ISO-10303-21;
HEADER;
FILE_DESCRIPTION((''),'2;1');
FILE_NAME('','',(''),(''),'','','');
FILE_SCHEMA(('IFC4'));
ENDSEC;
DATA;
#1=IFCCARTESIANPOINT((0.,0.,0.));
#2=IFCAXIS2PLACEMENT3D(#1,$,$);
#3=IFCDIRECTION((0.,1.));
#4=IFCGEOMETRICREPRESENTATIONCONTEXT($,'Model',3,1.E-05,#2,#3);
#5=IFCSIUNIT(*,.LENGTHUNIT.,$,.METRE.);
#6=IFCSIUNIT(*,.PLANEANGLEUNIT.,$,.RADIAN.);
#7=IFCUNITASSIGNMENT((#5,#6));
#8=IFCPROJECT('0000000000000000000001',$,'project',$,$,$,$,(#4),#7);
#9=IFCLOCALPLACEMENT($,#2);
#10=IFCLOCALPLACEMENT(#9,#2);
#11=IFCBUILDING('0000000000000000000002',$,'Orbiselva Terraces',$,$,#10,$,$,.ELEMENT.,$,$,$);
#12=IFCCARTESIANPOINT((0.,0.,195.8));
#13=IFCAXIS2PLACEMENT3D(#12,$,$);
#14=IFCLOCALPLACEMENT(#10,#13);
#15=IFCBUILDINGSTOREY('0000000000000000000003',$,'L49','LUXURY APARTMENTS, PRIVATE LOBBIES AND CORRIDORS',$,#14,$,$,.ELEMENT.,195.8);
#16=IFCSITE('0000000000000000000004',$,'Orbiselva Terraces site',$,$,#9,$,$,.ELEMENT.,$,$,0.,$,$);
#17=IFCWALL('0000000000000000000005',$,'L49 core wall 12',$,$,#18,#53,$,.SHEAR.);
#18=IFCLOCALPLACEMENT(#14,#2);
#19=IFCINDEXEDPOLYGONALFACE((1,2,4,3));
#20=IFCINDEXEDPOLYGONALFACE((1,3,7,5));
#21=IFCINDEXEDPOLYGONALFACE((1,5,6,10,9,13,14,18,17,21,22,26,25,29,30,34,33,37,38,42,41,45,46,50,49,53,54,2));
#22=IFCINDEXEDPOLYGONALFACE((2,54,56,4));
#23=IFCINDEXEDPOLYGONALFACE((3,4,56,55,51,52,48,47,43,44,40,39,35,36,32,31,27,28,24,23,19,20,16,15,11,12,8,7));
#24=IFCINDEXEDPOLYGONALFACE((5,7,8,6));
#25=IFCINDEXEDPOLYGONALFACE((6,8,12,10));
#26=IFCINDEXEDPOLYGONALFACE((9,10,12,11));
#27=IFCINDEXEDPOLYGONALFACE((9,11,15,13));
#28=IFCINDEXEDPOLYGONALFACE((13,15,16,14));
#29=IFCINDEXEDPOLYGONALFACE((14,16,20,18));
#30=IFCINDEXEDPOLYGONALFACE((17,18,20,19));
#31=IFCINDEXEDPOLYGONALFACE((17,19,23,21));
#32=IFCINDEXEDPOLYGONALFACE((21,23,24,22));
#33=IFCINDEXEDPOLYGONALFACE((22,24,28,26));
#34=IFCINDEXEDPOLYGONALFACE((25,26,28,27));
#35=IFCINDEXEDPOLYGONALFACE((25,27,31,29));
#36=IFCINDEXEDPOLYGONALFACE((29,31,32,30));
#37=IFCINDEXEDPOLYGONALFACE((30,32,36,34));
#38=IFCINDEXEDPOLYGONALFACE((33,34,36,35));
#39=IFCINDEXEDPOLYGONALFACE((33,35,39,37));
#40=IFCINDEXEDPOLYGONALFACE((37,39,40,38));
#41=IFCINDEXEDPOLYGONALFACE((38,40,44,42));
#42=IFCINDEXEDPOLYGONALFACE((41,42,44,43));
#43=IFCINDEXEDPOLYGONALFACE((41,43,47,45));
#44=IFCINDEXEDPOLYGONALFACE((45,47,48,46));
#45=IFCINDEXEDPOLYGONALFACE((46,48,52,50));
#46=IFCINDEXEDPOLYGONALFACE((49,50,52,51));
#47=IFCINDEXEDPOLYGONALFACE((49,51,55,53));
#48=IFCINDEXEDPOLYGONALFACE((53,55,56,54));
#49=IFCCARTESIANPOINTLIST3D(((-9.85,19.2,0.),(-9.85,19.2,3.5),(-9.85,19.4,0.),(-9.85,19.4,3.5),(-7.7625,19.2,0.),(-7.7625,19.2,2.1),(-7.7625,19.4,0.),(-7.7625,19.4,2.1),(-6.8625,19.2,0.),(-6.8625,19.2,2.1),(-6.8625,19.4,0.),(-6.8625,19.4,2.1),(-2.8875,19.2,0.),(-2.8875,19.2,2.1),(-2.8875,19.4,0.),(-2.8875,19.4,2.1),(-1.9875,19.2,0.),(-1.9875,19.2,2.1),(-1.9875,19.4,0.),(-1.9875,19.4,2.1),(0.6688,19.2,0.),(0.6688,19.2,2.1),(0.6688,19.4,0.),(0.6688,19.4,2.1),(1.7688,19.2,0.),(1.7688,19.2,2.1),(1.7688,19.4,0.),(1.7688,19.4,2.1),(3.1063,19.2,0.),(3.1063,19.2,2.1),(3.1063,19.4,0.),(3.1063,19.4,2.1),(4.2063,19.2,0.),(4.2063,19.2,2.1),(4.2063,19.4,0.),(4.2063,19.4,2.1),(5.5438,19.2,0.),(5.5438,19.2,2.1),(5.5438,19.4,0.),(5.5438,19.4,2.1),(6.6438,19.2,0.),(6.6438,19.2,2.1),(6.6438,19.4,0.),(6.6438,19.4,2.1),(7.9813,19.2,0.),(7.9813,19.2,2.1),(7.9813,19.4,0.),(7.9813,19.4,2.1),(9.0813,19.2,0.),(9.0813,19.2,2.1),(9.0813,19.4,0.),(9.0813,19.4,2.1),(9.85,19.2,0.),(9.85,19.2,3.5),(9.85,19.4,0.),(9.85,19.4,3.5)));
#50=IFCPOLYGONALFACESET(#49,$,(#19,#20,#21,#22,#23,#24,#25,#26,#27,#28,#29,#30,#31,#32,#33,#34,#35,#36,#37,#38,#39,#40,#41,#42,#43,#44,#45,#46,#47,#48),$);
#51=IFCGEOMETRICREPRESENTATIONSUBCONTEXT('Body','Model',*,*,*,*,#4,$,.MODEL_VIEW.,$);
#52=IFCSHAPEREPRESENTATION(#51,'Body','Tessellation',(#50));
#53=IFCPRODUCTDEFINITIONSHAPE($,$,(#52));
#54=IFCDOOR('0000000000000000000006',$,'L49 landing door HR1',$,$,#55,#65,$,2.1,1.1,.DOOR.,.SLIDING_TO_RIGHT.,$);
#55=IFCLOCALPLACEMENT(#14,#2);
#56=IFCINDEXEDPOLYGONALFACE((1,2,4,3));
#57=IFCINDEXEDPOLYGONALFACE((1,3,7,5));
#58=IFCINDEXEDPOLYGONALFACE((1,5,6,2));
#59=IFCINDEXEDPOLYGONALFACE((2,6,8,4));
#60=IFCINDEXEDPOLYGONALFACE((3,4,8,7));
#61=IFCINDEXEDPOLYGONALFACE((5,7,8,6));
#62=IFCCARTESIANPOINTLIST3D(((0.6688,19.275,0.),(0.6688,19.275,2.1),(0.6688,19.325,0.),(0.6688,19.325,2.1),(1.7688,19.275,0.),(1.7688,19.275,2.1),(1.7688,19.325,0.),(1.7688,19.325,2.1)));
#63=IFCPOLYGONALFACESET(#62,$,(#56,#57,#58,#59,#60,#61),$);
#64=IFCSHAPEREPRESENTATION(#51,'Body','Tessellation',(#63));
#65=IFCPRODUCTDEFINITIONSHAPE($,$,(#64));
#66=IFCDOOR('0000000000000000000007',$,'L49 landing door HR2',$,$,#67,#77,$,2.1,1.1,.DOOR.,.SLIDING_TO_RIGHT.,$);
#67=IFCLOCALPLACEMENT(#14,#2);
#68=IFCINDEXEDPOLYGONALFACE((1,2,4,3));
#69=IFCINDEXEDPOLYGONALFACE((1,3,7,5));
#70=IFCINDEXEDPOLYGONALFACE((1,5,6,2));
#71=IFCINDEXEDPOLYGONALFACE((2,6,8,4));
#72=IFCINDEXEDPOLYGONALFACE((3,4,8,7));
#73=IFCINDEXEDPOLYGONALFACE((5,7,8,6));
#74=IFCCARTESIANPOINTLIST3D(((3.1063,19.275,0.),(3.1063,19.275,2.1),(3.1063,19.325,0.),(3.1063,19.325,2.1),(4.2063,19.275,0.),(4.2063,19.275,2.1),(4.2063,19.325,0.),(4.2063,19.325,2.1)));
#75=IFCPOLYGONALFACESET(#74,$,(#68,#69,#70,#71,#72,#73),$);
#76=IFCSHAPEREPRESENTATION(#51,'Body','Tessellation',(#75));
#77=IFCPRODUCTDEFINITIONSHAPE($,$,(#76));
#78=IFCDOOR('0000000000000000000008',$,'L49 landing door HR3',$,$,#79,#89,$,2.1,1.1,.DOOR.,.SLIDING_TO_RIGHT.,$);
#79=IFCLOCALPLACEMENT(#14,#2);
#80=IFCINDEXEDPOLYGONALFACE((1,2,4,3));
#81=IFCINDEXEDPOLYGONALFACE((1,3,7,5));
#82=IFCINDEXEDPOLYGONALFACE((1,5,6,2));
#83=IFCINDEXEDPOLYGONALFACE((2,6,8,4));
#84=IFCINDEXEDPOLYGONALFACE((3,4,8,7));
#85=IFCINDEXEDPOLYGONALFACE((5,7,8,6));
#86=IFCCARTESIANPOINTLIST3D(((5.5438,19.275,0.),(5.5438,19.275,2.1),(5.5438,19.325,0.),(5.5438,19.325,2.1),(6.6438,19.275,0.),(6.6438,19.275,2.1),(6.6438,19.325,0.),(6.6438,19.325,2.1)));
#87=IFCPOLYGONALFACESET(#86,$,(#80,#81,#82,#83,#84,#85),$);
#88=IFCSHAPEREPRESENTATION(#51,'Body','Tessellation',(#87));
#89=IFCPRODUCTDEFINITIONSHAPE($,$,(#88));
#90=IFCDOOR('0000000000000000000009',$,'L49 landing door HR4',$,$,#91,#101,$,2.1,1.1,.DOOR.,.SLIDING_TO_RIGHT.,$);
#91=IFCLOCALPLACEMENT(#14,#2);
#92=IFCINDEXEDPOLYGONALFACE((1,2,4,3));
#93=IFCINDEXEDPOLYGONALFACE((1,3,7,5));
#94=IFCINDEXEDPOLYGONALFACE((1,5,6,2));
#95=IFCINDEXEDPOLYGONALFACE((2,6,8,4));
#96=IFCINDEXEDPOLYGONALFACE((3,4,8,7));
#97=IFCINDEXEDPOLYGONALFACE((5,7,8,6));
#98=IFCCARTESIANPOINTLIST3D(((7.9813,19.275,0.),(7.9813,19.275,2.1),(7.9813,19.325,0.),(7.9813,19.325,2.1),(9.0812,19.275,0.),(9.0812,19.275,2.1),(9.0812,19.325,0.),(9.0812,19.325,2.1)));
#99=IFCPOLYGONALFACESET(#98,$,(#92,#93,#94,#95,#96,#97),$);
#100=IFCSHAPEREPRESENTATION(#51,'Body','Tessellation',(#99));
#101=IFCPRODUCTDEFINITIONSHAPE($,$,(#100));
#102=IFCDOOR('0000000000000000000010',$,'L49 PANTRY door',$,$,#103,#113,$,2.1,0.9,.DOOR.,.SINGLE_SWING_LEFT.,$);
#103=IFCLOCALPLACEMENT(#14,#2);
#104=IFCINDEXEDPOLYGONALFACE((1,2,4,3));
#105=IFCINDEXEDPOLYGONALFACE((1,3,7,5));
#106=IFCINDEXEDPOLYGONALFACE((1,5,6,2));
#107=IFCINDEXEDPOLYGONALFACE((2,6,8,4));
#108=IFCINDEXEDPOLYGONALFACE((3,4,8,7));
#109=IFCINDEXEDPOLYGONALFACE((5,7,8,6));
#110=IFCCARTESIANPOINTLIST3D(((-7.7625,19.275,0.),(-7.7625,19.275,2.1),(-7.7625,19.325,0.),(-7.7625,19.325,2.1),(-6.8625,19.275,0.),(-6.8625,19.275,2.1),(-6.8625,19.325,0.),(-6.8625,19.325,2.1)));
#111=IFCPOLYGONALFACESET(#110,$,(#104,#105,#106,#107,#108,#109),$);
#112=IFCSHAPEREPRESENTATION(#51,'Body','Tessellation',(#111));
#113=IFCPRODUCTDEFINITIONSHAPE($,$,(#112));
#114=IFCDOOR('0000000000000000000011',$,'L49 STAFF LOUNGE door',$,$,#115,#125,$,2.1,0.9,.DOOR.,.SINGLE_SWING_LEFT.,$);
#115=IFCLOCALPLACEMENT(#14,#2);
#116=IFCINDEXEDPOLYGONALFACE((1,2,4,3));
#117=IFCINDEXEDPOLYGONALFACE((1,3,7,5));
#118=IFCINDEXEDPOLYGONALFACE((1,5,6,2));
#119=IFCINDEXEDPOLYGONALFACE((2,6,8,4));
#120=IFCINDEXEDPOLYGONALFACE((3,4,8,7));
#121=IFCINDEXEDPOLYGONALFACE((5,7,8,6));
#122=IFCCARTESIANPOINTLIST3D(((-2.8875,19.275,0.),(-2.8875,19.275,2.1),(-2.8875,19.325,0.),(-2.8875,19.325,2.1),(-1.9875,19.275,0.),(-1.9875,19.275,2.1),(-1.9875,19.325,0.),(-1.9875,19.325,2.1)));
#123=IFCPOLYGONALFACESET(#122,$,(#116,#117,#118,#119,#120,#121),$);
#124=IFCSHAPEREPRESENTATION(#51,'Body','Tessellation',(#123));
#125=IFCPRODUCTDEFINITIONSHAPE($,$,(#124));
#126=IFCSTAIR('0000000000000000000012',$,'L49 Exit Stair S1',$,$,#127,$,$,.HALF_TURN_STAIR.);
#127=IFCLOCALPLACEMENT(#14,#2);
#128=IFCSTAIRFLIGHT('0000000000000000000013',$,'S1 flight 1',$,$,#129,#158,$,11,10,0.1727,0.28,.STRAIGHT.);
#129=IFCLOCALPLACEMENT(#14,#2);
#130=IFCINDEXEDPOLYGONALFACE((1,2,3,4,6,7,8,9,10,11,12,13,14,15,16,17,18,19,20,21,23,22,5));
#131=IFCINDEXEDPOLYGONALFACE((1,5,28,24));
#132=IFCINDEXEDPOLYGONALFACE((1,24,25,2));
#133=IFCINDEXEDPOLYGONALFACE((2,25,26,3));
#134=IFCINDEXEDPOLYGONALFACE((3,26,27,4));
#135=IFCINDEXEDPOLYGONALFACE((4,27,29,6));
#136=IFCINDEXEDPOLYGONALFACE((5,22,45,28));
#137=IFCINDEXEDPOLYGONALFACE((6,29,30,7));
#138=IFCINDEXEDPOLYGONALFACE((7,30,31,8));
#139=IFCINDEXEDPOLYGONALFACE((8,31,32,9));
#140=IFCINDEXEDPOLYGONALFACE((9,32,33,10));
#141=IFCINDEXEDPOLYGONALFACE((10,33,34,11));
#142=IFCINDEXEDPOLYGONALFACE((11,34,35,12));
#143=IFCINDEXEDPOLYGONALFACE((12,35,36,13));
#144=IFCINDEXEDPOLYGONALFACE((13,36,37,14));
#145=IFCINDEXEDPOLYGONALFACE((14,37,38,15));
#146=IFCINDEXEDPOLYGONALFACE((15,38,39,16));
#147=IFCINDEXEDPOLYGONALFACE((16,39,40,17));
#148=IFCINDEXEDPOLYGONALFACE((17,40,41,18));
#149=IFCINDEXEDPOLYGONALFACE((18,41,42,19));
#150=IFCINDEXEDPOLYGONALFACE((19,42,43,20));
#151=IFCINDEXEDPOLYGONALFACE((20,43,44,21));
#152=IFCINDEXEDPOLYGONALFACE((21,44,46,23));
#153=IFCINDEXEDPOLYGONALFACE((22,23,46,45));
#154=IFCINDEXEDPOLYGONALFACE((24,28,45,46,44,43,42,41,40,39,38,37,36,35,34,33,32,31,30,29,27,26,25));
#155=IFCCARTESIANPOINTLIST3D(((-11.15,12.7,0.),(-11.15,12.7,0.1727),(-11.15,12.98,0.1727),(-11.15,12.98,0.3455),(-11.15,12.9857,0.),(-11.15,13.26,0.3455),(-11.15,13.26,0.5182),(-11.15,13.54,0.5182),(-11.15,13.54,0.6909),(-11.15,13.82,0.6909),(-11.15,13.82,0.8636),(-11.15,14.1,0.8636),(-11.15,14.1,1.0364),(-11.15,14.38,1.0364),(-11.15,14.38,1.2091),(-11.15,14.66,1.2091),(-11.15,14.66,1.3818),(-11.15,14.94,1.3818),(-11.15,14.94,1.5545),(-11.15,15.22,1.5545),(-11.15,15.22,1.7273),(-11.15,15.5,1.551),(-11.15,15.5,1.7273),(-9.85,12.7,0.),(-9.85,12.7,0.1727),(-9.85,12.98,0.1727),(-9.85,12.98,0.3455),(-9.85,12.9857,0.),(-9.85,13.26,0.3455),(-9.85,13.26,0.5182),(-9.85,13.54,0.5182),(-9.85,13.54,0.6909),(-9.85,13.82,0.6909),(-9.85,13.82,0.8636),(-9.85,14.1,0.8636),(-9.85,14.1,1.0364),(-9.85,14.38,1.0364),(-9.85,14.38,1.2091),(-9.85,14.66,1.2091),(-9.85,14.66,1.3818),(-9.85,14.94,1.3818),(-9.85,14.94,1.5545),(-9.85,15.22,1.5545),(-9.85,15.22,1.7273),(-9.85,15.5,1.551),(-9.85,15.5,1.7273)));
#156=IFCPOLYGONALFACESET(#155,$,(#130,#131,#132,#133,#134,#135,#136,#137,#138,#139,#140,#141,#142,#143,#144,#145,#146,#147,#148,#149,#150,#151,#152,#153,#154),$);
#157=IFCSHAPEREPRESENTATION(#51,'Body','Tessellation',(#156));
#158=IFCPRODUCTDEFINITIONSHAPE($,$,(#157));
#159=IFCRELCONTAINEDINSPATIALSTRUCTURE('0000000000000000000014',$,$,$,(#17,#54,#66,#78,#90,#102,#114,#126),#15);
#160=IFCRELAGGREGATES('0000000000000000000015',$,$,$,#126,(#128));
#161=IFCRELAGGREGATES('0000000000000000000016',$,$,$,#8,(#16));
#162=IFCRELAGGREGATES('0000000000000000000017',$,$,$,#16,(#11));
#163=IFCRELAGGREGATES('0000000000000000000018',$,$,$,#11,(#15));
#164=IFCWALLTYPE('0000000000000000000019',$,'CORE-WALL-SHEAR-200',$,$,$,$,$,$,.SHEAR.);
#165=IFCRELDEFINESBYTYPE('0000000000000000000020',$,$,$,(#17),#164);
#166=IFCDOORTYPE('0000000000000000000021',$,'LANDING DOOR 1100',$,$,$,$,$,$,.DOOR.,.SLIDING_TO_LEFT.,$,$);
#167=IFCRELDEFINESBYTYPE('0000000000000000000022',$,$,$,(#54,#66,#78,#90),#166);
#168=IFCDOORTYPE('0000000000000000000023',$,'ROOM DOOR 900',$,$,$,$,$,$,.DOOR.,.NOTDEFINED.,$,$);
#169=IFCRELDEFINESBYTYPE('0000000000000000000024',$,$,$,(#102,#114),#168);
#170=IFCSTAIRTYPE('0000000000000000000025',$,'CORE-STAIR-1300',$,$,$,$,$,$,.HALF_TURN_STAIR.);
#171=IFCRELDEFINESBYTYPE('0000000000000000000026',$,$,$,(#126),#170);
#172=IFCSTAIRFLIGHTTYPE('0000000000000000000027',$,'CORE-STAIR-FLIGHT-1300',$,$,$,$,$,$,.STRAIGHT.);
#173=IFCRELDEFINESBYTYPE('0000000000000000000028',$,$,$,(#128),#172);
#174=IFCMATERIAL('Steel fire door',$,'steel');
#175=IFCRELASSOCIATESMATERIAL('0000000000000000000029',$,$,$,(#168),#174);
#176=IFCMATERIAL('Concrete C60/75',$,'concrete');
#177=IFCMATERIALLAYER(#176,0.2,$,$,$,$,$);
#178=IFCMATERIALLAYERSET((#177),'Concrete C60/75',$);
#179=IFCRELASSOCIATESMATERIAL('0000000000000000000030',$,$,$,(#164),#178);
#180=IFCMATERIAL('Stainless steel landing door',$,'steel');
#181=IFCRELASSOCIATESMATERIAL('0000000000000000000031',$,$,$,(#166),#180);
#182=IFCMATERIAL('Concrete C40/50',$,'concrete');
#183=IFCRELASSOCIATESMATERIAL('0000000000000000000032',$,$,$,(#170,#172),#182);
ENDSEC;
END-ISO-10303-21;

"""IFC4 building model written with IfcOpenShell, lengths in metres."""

from ifc_helpers import new_model, si_unit, direction, frame, frame_2d, origin, place, context, subcontext, project, spatial, polyline, rectangle, outline, extrude, material, layer, layer_set, type_object, element, fill, aggregate, save


model = new_model("IFC4")

# Units and contexts
model_context = context("Model", 3, precision=1e-05, world=origin(), true_north=direction((0.0, 1.0)))
body_context = subcontext(model_context, "Body", "Model", "MODEL_VIEW")
ifc_project = project(units=[si_unit("LENGTHUNIT", "METRE"), si_unit("PLANEANGLEUNIT", "RADIAN")], contexts=[model_context])

# Site, building, storey
site_placement = place(None, origin())
site = spatial("IfcSite", under=ifc_project, at=site_placement, Name="Orbiselva Terraces site", CompositionType="ELEMENT", RefElevation=0.0)
building_placement = place(site_placement, origin())
building = spatial("IfcBuilding", under=site, at=building_placement, Name="Orbiselva Terraces", CompositionType="ELEMENT")
storey_placement = place(building_placement, frame((0.0, 0.0, 195.8)))
storey = spatial("IfcBuildingStorey", under=building, at=storey_placement, Name="L49", Description="LUXURY APARTMENTS, PRIVATE LOBBIES AND CORRIDORS", CompositionType="ELEMENT", Elevation=195.8)

# Shared definitions
ifc_material_1 = material(Name="Steel fire door", Category="steel")
door_type_1 = type_object("IfcDoorType", Name="ROOM DOOR 900", OperationType="NOTDEFINED", PredefinedType="DOOR", material=ifc_material_1)

# Shared definitions
ifc_material_2 = material(Name="Concrete C40/50", Category="concrete")
ifc_material_3 = material(Name="Concrete C60/75", Category="concrete")
ifc_layer_1 = layer(ifc_material_3, 0.2)
ifc_layer_set_1 = layer_set([ifc_layer_1], Name="Concrete C60/75")
wall_type_1 = type_object("IfcWallType", Name="CORE-WALL-SHEAR-200", PredefinedType="SHEAR", material=ifc_layer_set_1)

# Wall, openings, doors
wall_1_placement = place(storey_placement, frame((-9.85, 19.3, 0.0), z_axis=(0.0, 0.0, 1.0), x_axis=(1.0, 0.0, 0.0)))
wall_1 = element("IfcWall", 1, at=wall_1_placement, inside=storey, type_object=wall_type_1, Name="L49 core wall 12", PredefinedType="SHEAR", context=body_context, shape_type="SweptSolid", body=[
    extrude(rectangle(XDim=19.7, YDim=0.2, at=frame_2d((9.85, 0.0))), origin(), (0.0, 0.0, 1.0), 3.5),
])
opening_1_placement = place(wall_1_placement, frame((10.5188, 0.0, 0.0)))
opening_1 = element("IfcOpeningElement", 2, at=opening_1_placement, cuts=wall_1, PredefinedType="OPENING", context=body_context, shape_type="SweptSolid", body=[
    extrude(rectangle(XDim=1.1, YDim=2.1, at=frame_2d((0.55, 1.05))), frame((0.0, 0.11, 0.0), z_axis=(0.0, -1.0, 0.0), x_axis=(1.0, 0.0, 0.0)), (0.0, 0.0, 1.0), 0.22),
])
opening_2_placement = place(wall_1_placement, frame((12.9563, 0.0, 0.0)))
opening_2 = element("IfcOpeningElement", 3, at=opening_2_placement, cuts=wall_1, PredefinedType="OPENING", context=body_context, shape_type="SweptSolid", body=[
    extrude(rectangle(XDim=1.1, YDim=2.1, at=frame_2d((0.55, 1.05))), frame((0.0, 0.11, 0.0), z_axis=(0.0, -1.0, 0.0), x_axis=(1.0, 0.0, 0.0)), (0.0, 0.0, 1.0), 0.22),
])
opening_3_placement = place(wall_1_placement, frame((15.3938, 0.0, 0.0)))
opening_3 = element("IfcOpeningElement", 4, at=opening_3_placement, cuts=wall_1, PredefinedType="OPENING", context=body_context, shape_type="SweptSolid", body=[
    extrude(rectangle(XDim=1.1, YDim=2.1, at=frame_2d((0.55, 1.05))), frame((0.0, 0.11, 0.0), z_axis=(0.0, -1.0, 0.0), x_axis=(1.0, 0.0, 0.0)), (0.0, 0.0, 1.0), 0.22),
])
opening_4_placement = place(wall_1_placement, frame((17.8313, 0.0, 0.0)))
opening_4 = element("IfcOpeningElement", 5, at=opening_4_placement, cuts=wall_1, PredefinedType="OPENING", context=body_context, shape_type="SweptSolid", body=[
    extrude(rectangle(XDim=1.1, YDim=2.1, at=frame_2d((0.55, 1.05))), frame((0.0, 0.11, 0.0), z_axis=(0.0, -1.0, 0.0), x_axis=(1.0, 0.0, 0.0)), (0.0, 0.0, 1.0), 0.22),
])
opening_5_placement = place(wall_1_placement, frame((2.0875, 0.0, 0.0)))
opening_5 = element("IfcOpeningElement", 6, at=opening_5_placement, cuts=wall_1, PredefinedType="OPENING", context=body_context, shape_type="SweptSolid", body=[
    extrude(rectangle(XDim=0.9, YDim=2.1, at=frame_2d((0.45, 1.05))), frame((0.0, 0.11, 0.0), z_axis=(0.0, -1.0, 0.0), x_axis=(1.0, 0.0, 0.0)), (0.0, 0.0, 1.0), 0.22),
])
opening_6_placement = place(wall_1_placement, frame((6.9625, 0.0, 0.0)))
opening_6 = element("IfcOpeningElement", 7, at=opening_6_placement, cuts=wall_1, PredefinedType="OPENING", context=body_context, shape_type="SweptSolid", body=[
    extrude(rectangle(XDim=0.9, YDim=2.1, at=frame_2d((0.45, 1.05))), frame((0.0, 0.11, 0.0), z_axis=(0.0, -1.0, 0.0), x_axis=(1.0, 0.0, 0.0)), (0.0, 0.0, 1.0), 0.22),
])
ifc_material_4 = material(Name="Stainless steel landing door", Category="steel")
door_type_2 = type_object("IfcDoorType", Name="LANDING DOOR 1100", OperationType="SLIDING_TO_LEFT", PredefinedType="DOOR", material=ifc_material_4)
door_1_placement = place(opening_1_placement, origin())
door_1 = element("IfcDoor", 8, at=door_1_placement, inside=storey, type_object=door_type_2, Name="L49 landing door HR1", OperationType="SLIDING_TO_RIGHT", OverallHeight=2.1, OverallWidth=1.1, PredefinedType="DOOR", context=body_context, shape_type="SweptSolid", body=[
    extrude(rectangle(XDim=1.1, YDim=2.1, at=frame_2d((0.55, 1.05))), frame((0.0, 0.025, 0.0), z_axis=(0.0, -1.0, 0.0), x_axis=(1.0, 0.0, 0.0)), (0.0, 0.0, 1.0), 0.05),
])
fill(opening_1, door_1)
door_2_placement = place(opening_2_placement, origin())
door_2 = element("IfcDoor", 9, at=door_2_placement, inside=storey, type_object=door_type_2, Name="L49 landing door HR2", OperationType="SLIDING_TO_RIGHT", OverallHeight=2.1, OverallWidth=1.1, PredefinedType="DOOR", context=body_context, shape_type="SweptSolid", body=[
    extrude(rectangle(XDim=1.1, YDim=2.1, at=frame_2d((0.55, 1.05))), frame((0.0, 0.025, 0.0), z_axis=(0.0, -1.0, 0.0), x_axis=(1.0, 0.0, 0.0)), (0.0, 0.0, 1.0), 0.05),
])
fill(opening_2, door_2)
door_3_placement = place(opening_3_placement, origin())
door_3 = element("IfcDoor", 10, at=door_3_placement, inside=storey, type_object=door_type_2, Name="L49 landing door HR3", OperationType="SLIDING_TO_RIGHT", OverallHeight=2.1, OverallWidth=1.1, PredefinedType="DOOR", context=body_context, shape_type="SweptSolid", body=[
    extrude(rectangle(XDim=1.1, YDim=2.1, at=frame_2d((0.55, 1.05))), frame((0.0, 0.025, 0.0), z_axis=(0.0, -1.0, 0.0), x_axis=(1.0, 0.0, 0.0)), (0.0, 0.0, 1.0), 0.05),
])
fill(opening_3, door_3)
door_4_placement = place(opening_4_placement, origin())
door_4 = element("IfcDoor", 11, at=door_4_placement, inside=storey, type_object=door_type_2, Name="L49 landing door HR4", OperationType="SLIDING_TO_RIGHT", OverallHeight=2.1, OverallWidth=1.1, PredefinedType="DOOR", context=body_context, shape_type="SweptSolid", body=[
    extrude(rectangle(XDim=1.1, YDim=2.1, at=frame_2d((0.55, 1.05))), frame((0.0, 0.025, 0.0), z_axis=(0.0, -1.0, 0.0), x_axis=(1.0, 0.0, 0.0)), (0.0, 0.0, 1.0), 0.05),
])
fill(opening_4, door_4)
door_5_placement = place(opening_5_placement, origin())
door_5 = element("IfcDoor", 12, at=door_5_placement, inside=storey, type_object=door_type_1, Name="L49 PANTRY door", OperationType="SINGLE_SWING_LEFT", OverallHeight=2.1, OverallWidth=0.9, PredefinedType="DOOR", context=body_context, shape_type="SweptSolid", body=[
    extrude(rectangle(XDim=0.9, YDim=2.1, at=frame_2d((0.45, 1.05))), frame((0.0, 0.025, 0.0), z_axis=(0.0, -1.0, 0.0), x_axis=(1.0, 0.0, 0.0)), (0.0, 0.0, 1.0), 0.05),
])
fill(opening_5, door_5)
door_6_placement = place(opening_6_placement, origin())
door_6 = element("IfcDoor", 13, at=door_6_placement, inside=storey, type_object=door_type_1, Name="L49 STAFF LOUNGE door", OperationType="SINGLE_SWING_LEFT", OverallHeight=2.1, OverallWidth=0.9, PredefinedType="DOOR", context=body_context, shape_type="SweptSolid", body=[
    extrude(rectangle(XDim=0.9, YDim=2.1, at=frame_2d((0.45, 1.05))), frame((0.0, 0.025, 0.0), z_axis=(0.0, -1.0, 0.0), x_axis=(1.0, 0.0, 0.0)), (0.0, 0.0, 1.0), 0.05),
])
fill(opening_6, door_6)

# Stair, stair flight
stair_type = type_object("IfcStairType", Name="CORE-STAIR-1300", PredefinedType="HALF_TURN_STAIR", material=ifc_material_2)
stair_placement = place(storey_placement, origin())
stair = element("IfcStair", 14, at=stair_placement, inside=storey, type_object=stair_type, Name="L49 Exit Stair S1", PredefinedType="HALF_TURN_STAIR")
stair_flight_type = type_object("IfcStairFlightType", Name="CORE-STAIR-FLIGHT-1300", PredefinedType="STRAIGHT", material=ifc_material_2)
stair_flight_1_placement = place(storey_placement, frame((-10.5, 12.7, 0.0), z_axis=(0.0, 0.0, 1.0), x_axis=(0.0, 1.0, 0.0)))
stair_flight_1 = element("IfcStairFlight", 15, at=stair_flight_1_placement, type_object=stair_flight_type, Name="S1 flight 1", NumberOfRisers=11, NumberOfTreads=10, PredefinedType="STRAIGHT", RiserHeight=0.1727, TreadLength=0.28, context=body_context, shape_type="SweptSolid", body=[
    extrude(outline(polyline([(0.0, 0.0), (0.0, 0.1727), (0.28, 0.1727), (0.28, 0.3455), (0.56, 0.3455), (0.56, 0.5182), (0.84, 0.5182), (0.84, 0.6909), (1.12, 0.6909), (1.12, 0.8636), (1.4, 0.8636), (1.4, 1.0364), (1.68, 1.0364), (1.68, 1.2091), (1.96, 1.2091), (1.96, 1.3818), (2.24, 1.3818), (2.24, 1.5545), (2.52, 1.5545), (2.52, 1.7273), (2.8, 1.7273), (2.8, 1.9), (2.8, 1.551), (0.2857, 0.0), (0.0, 0.0)])), frame((0.0, 0.65, 0.0), z_axis=(0.0, -1.0, 0.0), x_axis=(1.0, 0.0, 0.0)), (0.0, 0.0, 1.0), 1.3),
])
aggregate(stair, [stair_flight_1])

save(model, "model.ifc")
